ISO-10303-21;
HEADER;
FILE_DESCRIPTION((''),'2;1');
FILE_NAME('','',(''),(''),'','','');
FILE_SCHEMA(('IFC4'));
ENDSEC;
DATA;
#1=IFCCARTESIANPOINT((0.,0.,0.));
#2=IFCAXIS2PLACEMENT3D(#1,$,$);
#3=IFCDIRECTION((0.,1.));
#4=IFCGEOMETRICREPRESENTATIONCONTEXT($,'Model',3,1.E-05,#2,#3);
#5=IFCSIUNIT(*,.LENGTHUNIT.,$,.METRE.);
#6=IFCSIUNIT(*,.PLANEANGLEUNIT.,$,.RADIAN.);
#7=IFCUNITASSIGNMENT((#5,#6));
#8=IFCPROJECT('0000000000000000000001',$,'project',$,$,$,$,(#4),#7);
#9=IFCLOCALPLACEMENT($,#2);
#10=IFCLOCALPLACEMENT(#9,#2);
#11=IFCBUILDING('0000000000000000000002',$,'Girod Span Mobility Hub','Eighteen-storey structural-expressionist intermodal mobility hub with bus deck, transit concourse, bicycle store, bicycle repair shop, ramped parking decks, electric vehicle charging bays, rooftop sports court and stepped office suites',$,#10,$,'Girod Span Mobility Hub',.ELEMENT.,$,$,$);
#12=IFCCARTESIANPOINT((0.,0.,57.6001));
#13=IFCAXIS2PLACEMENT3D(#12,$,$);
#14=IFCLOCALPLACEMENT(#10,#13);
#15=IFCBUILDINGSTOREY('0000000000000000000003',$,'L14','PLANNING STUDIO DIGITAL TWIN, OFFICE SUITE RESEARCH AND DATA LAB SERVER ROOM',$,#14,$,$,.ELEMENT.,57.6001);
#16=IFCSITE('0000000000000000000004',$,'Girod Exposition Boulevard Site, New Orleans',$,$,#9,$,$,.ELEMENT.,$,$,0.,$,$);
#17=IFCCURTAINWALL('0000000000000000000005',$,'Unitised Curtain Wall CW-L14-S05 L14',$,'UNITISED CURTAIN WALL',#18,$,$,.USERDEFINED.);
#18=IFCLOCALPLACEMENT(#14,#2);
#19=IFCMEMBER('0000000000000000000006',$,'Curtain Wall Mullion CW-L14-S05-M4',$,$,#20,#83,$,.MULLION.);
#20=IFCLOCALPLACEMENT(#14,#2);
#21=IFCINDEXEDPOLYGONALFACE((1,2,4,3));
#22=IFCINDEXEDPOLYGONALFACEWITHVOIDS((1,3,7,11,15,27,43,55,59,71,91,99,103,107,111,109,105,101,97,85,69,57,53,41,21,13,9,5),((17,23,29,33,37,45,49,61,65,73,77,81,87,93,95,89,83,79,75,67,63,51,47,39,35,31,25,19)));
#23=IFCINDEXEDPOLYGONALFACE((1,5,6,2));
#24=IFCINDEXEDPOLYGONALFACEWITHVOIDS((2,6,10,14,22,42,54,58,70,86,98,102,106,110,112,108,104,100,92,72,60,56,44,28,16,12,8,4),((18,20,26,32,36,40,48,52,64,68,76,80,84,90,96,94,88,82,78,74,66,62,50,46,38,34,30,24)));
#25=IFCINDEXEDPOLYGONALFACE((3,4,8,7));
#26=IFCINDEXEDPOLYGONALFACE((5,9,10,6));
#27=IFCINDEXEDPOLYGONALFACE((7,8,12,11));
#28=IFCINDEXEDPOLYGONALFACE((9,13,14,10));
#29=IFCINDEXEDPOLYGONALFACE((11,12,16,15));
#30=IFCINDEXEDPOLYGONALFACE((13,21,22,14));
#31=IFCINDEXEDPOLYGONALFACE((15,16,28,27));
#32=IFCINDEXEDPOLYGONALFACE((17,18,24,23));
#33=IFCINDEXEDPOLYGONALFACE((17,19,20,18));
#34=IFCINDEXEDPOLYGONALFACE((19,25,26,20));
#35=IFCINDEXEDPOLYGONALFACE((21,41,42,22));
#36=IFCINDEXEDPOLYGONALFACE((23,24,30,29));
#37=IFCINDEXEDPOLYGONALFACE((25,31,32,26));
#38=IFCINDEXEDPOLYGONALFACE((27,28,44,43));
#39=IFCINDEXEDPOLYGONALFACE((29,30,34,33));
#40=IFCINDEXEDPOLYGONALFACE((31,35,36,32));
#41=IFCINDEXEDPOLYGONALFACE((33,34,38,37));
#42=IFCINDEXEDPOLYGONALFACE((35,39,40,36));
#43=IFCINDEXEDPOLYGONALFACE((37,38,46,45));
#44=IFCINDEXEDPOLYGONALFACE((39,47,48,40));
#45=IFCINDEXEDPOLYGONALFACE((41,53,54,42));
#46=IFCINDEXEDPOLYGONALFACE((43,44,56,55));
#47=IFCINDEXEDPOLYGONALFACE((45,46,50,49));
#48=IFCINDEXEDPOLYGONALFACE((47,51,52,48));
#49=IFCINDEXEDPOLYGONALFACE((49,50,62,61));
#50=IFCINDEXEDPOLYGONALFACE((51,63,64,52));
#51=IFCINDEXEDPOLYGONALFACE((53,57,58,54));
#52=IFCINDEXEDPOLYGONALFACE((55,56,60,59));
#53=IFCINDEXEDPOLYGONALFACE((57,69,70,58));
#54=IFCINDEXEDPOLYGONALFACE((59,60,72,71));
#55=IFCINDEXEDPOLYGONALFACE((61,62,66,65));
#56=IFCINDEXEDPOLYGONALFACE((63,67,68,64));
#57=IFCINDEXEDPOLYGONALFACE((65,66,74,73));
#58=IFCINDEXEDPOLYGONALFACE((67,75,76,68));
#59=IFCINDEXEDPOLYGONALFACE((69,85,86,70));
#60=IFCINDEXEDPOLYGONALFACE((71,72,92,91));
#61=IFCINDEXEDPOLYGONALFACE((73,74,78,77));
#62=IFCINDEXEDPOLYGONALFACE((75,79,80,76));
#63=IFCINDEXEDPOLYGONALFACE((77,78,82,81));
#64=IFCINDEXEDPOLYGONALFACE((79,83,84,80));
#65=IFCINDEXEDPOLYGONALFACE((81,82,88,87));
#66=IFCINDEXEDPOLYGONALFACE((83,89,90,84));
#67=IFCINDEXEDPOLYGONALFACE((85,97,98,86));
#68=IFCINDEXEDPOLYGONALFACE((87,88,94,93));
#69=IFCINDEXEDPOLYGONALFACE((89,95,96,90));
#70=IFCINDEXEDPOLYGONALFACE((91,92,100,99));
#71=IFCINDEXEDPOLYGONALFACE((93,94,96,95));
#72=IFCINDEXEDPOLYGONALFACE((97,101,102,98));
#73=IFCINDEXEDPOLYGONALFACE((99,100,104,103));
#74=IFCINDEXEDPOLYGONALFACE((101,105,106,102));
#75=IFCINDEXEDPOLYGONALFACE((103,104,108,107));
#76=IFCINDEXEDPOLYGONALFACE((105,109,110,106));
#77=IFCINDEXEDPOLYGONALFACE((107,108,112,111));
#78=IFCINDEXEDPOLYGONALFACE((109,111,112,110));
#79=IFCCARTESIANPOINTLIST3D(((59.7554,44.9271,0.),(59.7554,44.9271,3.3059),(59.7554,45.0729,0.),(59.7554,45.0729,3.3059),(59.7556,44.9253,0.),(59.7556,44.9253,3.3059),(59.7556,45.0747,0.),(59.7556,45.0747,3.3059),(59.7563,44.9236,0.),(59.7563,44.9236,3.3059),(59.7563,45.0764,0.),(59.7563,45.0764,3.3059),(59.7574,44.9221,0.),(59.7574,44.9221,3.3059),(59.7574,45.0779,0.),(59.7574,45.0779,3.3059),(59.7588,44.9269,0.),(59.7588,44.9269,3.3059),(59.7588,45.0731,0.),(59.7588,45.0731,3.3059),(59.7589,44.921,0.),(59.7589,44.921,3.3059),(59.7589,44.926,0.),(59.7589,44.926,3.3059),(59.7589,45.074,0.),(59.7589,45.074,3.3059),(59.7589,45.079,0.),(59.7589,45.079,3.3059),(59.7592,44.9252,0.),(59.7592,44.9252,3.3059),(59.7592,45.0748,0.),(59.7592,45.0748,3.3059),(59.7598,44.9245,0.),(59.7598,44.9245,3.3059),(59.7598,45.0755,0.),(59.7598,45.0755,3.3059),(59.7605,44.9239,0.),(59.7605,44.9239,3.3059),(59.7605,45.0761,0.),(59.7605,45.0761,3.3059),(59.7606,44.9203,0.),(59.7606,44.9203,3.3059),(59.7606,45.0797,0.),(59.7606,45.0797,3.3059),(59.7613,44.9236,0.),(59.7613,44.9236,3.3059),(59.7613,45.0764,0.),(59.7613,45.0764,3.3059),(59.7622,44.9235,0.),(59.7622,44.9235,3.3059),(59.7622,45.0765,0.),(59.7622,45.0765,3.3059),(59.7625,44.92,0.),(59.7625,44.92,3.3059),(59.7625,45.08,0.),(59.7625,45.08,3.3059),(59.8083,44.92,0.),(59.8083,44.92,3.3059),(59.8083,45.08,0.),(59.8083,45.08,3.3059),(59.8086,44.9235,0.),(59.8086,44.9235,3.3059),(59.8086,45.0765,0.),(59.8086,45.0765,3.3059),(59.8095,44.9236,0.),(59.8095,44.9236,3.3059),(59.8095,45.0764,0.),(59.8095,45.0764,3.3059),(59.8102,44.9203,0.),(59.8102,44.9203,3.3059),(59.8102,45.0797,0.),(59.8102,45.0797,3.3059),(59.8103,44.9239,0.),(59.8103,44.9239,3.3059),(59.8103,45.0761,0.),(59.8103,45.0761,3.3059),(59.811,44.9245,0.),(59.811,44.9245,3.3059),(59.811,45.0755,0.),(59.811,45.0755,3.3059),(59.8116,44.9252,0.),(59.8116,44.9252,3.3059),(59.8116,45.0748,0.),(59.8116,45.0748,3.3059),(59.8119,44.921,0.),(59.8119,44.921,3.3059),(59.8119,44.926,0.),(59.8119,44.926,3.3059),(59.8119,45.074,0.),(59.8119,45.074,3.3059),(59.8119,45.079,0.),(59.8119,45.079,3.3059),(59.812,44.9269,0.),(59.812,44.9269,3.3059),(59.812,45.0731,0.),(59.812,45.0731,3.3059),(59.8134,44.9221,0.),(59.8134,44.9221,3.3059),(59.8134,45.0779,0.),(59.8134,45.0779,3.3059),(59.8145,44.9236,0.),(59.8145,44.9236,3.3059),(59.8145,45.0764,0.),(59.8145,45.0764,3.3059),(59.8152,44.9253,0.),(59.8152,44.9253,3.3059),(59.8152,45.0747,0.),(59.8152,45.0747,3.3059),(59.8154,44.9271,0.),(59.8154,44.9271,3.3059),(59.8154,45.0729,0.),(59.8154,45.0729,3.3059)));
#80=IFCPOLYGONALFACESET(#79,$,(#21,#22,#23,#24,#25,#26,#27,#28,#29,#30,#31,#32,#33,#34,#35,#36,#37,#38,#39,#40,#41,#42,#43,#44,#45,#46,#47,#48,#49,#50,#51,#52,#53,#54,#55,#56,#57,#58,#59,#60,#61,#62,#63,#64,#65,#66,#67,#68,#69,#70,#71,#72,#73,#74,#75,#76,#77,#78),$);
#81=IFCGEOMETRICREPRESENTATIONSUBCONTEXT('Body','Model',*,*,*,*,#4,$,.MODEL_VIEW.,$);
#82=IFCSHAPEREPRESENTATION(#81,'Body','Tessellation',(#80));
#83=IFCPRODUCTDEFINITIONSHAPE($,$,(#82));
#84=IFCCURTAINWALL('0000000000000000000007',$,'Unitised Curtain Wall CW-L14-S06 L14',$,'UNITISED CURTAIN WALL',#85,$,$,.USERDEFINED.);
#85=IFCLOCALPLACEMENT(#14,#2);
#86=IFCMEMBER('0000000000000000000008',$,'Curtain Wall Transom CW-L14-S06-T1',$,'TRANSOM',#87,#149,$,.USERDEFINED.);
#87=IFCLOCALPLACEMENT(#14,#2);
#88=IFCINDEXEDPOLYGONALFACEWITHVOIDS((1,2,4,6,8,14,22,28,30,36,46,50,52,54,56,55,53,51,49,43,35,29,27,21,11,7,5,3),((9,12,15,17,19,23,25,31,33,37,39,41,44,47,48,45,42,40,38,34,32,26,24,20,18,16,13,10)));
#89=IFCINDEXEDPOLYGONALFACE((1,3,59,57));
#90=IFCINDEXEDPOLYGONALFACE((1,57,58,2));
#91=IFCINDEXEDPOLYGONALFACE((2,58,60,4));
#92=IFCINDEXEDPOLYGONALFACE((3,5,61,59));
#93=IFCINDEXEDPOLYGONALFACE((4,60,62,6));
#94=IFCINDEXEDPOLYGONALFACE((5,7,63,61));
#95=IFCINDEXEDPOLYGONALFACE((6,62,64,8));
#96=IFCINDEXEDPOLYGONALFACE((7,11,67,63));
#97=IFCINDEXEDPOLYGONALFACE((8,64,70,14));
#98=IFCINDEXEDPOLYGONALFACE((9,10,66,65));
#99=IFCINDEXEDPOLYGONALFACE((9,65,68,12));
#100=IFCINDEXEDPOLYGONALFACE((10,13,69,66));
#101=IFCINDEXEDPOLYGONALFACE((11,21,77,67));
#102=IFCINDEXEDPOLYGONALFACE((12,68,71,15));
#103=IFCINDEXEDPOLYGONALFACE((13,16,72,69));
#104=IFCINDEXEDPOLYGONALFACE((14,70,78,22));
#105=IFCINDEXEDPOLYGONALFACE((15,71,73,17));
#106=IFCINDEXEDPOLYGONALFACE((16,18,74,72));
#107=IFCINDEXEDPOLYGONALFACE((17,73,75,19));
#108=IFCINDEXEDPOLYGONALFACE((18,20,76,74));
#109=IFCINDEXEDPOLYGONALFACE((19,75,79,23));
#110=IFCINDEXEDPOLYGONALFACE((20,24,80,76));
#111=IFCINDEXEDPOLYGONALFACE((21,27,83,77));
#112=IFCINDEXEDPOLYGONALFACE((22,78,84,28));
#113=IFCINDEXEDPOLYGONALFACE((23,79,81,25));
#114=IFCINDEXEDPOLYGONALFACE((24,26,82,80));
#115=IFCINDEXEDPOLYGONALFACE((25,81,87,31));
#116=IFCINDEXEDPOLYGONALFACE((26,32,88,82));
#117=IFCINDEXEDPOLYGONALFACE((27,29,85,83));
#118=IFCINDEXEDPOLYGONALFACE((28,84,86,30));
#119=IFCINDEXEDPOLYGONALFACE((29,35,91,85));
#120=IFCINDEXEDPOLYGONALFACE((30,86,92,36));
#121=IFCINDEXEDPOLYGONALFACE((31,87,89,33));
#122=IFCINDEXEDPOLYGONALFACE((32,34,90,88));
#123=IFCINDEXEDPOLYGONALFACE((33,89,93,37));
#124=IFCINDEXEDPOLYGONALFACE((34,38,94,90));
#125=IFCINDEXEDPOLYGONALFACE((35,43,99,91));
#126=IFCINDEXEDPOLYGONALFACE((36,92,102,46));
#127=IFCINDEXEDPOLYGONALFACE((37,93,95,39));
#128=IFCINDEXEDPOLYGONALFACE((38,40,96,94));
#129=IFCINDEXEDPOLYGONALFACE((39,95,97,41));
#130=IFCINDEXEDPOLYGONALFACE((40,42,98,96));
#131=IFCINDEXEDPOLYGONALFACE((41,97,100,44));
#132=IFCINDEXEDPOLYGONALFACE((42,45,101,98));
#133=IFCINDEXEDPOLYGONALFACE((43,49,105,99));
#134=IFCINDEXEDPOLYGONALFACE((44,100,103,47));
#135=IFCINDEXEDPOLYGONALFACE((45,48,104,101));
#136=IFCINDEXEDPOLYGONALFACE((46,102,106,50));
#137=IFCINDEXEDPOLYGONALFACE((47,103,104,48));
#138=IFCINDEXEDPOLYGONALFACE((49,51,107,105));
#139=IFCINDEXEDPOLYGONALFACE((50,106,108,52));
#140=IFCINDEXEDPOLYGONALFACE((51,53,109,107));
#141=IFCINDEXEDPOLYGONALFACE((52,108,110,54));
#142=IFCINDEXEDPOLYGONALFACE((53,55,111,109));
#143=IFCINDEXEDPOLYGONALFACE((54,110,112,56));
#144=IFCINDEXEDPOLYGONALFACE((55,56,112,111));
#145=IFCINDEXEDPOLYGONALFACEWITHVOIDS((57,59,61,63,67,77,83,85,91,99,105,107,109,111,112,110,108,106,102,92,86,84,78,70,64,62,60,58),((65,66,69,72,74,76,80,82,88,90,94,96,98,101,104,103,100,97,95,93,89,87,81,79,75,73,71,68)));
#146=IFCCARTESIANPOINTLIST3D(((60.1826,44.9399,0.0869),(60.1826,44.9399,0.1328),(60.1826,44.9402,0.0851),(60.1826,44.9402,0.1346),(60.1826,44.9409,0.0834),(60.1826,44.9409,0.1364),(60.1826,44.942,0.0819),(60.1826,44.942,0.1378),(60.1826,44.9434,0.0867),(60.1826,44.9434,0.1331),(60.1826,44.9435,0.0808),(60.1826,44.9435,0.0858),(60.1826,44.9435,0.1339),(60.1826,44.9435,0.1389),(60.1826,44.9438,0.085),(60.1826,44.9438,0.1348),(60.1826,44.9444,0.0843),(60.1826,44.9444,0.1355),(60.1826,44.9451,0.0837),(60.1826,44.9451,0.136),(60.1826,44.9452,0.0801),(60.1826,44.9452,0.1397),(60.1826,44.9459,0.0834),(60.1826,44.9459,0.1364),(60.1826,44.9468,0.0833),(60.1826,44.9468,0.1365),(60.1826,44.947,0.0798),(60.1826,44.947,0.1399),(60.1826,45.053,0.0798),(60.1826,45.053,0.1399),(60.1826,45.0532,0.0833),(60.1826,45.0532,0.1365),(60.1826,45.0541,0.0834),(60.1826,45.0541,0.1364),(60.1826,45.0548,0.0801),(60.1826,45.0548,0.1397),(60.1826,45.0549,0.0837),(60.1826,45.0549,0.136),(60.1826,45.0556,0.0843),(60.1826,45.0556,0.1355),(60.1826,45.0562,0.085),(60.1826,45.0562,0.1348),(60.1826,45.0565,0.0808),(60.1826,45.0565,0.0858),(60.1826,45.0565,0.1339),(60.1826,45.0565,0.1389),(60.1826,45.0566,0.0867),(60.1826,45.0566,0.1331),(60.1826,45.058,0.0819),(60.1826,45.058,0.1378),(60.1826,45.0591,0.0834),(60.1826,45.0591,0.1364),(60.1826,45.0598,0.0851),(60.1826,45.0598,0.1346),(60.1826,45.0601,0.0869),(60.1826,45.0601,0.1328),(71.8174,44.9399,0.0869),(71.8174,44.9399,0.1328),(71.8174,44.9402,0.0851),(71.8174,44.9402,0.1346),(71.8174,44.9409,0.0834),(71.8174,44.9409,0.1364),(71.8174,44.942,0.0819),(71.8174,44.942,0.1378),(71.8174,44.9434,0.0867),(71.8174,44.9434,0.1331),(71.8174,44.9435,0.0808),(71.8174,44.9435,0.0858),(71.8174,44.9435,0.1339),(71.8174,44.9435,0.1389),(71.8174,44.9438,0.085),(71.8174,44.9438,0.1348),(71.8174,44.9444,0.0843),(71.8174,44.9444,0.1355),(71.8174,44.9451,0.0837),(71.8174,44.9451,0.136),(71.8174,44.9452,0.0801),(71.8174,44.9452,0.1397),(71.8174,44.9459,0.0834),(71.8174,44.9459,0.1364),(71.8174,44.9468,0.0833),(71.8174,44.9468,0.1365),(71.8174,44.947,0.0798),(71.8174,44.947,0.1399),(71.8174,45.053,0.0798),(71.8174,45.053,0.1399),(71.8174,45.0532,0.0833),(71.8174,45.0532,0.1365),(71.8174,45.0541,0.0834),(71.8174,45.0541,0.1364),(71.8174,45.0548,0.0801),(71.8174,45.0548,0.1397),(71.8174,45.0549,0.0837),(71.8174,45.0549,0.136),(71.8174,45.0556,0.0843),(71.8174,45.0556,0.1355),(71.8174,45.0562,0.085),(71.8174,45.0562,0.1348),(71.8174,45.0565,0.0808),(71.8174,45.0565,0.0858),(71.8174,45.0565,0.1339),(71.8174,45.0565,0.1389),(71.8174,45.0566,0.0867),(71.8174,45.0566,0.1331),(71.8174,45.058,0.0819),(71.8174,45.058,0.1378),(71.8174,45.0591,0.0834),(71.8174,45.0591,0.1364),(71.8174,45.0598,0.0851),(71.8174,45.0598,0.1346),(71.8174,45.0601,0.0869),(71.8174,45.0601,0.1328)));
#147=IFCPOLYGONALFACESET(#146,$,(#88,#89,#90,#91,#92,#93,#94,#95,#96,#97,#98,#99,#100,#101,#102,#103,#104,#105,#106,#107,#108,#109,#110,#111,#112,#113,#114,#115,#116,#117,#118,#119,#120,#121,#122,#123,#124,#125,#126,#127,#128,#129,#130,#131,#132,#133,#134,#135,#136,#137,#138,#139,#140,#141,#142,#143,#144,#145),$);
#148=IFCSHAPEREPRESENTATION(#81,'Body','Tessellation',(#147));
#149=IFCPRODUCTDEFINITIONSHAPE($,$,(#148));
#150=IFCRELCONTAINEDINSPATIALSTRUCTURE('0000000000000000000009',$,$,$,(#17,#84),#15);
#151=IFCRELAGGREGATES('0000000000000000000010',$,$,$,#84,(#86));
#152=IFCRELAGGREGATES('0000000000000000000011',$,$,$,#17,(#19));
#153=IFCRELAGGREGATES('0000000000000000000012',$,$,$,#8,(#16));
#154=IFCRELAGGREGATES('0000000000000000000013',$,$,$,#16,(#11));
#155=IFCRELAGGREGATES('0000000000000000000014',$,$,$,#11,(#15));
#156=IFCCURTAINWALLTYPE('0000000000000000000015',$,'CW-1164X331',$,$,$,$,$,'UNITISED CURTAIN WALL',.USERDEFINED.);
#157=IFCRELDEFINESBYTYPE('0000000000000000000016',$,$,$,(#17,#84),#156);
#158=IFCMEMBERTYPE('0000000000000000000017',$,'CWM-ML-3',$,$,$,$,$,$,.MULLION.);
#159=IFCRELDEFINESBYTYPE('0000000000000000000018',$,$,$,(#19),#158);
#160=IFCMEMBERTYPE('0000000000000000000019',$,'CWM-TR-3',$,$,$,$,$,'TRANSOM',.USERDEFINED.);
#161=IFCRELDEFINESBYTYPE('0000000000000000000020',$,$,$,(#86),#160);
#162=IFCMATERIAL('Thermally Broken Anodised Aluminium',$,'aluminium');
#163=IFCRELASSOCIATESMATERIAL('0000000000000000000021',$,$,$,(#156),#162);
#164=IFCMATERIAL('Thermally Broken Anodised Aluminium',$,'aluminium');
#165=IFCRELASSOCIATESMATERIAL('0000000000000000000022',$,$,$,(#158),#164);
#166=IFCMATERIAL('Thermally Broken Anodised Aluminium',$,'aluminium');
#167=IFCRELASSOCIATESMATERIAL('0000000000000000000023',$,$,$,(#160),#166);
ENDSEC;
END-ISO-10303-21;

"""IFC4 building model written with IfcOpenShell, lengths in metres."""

from ifc_helpers import new_model, si_unit, direction, frame, origin, origin_2d, place, context, subcontext, project, spatial, hollow_rectangle, extrude, material, material_profile, profile_set, type_object, element, aggregate, save


model = new_model("IFC4")

# Units and contexts
model_context = context("Model", 3, precision=1e-05, world=origin(), true_north=direction((0.0, 1.0)))
body_context = subcontext(model_context, "Body", "Model", "MODEL_VIEW")
ifc_project = project(units=[si_unit("LENGTHUNIT", "METRE"), si_unit("PLANEANGLEUNIT", "RADIAN")], contexts=[model_context])

# Site, building, storey
site_placement = place(None, origin())
site = spatial("IfcSite", under=ifc_project, at=site_placement, Name="Girod Exposition Boulevard Site, New Orleans", CompositionType="ELEMENT", RefElevation=0.0)
building_placement = place(site_placement, origin())
building = spatial("IfcBuilding", under=site, at=building_placement, Name="Girod Span Mobility Hub", Description="Eighteen-storey structural-expressionist intermodal mobility hub with bus deck, transit concourse, bicycle store, bicycle repair shop, ramped parking decks, electric vehicle charging bays, rooftop sports court and stepped office suites", LongName="Girod Span Mobility Hub", CompositionType="ELEMENT")
storey_placement = place(building_placement, frame((0.0, 0.0, 57.6001)))
storey = spatial("IfcBuildingStorey", under=building, at=storey_placement, Name="L14", Description="PLANNING STUDIO DIGITAL TWIN, OFFICE SUITE RESEARCH AND DATA LAB SERVER ROOM", CompositionType="ELEMENT", Elevation=57.6001)

# Curtain walls, members
ifc_material_1 = material(Name="Thermally Broken Anodised Aluminium", Category="aluminium")
curtain_wall_type = type_object("IfcCurtainWallType", Name="CW-1164X331", ElementType="UNITISED CURTAIN WALL", PredefinedType="USERDEFINED", material=ifc_material_1)
curtain_wall_1_placement = place(storey_placement, origin())
curtain_wall_1 = element("IfcCurtainWall", 1, at=curtain_wall_1_placement, inside=storey, type_object=curtain_wall_type, Name="Unitised Curtain Wall CW-L14-S05 L14", ObjectType="UNITISED CURTAIN WALL", PredefinedType="USERDEFINED")
ifc_material_2 = material(Name="Thermally Broken Anodised Aluminium", Category="aluminium")
ifc_material_profile_1 = material_profile(ifc_material_2, hollow_rectangle(XDim=0.1599, YDim=0.0601, WallThickness=0.0034, InnerFilletRadius=0.0034, OuterFilletRadius=0.0071, at=origin_2d()), Name="CW-ML-60X160")
ifc_profile_set_1 = profile_set([ifc_material_profile_1], Name="Thermally Broken Anodised Aluminium")
member_type_1 = type_object("IfcMemberType", Name="CWM-ML-3", PredefinedType="MULLION", material=ifc_profile_set_1)
member_1_placement = place(storey_placement, frame((59.7854, 45.0, 0.0), z_axis=(0.0, 0.0, 1.0), x_axis=(0.0, 1.0, 0.0)))
member_1 = element("IfcMember", 2, at=member_1_placement, type_object=member_type_1, Name="Curtain Wall Mullion CW-L14-S05-M4", PredefinedType="MULLION", context=body_context, shape_type="SweptSolid", body=[
    extrude(hollow_rectangle(XDim=0.1599, YDim=0.0601, WallThickness=0.0034, InnerFilletRadius=0.0034, OuterFilletRadius=0.0071, at=origin_2d()), origin(), (0.0, 0.0, 1.0), 3.3059),
])
curtain_wall_2_placement = place(storey_placement, origin())
curtain_wall_2 = element("IfcCurtainWall", 3, at=curtain_wall_2_placement, inside=storey, type_object=curtain_wall_type, Name="Unitised Curtain Wall CW-L14-S06 L14", ObjectType="UNITISED CURTAIN WALL", PredefinedType="USERDEFINED")
ifc_material_3 = material(Name="Thermally Broken Anodised Aluminium", Category="aluminium")
ifc_material_profile_2 = material_profile(ifc_material_3, hollow_rectangle(XDim=0.1201, YDim=0.0601, WallThickness=0.0034, InnerFilletRadius=0.0034, OuterFilletRadius=0.0071, at=origin_2d()), Name="CW-TR-60X120")
ifc_profile_set_2 = profile_set([ifc_material_profile_2], Name="Thermally Broken Anodised Aluminium")
member_type_2 = type_object("IfcMemberType", Name="CWM-TR-3", ElementType="TRANSOM", PredefinedType="USERDEFINED", material=ifc_profile_set_2)
member_2_placement = place(storey_placement, frame((60.1826, 45.0, 0.1099), z_axis=(1.0, 0.0, 0.0), x_axis=(0.0, 1.0, 0.0)))
member_2 = element("IfcMember", 4, at=member_2_placement, type_object=member_type_2, Name="Curtain Wall Transom CW-L14-S06-T1", ObjectType="TRANSOM", PredefinedType="USERDEFINED", context=body_context, shape_type="SweptSolid", body=[
    extrude(hollow_rectangle(XDim=0.1201, YDim=0.0601, WallThickness=0.0034, InnerFilletRadius=0.0034, OuterFilletRadius=0.0071, at=origin_2d()), origin(), (0.0, 0.0, 1.0), 11.6348),
])
aggregate(curtain_wall_2, [member_2])

aggregate(curtain_wall_1, [member_1])

save(model, "model.ifc")
